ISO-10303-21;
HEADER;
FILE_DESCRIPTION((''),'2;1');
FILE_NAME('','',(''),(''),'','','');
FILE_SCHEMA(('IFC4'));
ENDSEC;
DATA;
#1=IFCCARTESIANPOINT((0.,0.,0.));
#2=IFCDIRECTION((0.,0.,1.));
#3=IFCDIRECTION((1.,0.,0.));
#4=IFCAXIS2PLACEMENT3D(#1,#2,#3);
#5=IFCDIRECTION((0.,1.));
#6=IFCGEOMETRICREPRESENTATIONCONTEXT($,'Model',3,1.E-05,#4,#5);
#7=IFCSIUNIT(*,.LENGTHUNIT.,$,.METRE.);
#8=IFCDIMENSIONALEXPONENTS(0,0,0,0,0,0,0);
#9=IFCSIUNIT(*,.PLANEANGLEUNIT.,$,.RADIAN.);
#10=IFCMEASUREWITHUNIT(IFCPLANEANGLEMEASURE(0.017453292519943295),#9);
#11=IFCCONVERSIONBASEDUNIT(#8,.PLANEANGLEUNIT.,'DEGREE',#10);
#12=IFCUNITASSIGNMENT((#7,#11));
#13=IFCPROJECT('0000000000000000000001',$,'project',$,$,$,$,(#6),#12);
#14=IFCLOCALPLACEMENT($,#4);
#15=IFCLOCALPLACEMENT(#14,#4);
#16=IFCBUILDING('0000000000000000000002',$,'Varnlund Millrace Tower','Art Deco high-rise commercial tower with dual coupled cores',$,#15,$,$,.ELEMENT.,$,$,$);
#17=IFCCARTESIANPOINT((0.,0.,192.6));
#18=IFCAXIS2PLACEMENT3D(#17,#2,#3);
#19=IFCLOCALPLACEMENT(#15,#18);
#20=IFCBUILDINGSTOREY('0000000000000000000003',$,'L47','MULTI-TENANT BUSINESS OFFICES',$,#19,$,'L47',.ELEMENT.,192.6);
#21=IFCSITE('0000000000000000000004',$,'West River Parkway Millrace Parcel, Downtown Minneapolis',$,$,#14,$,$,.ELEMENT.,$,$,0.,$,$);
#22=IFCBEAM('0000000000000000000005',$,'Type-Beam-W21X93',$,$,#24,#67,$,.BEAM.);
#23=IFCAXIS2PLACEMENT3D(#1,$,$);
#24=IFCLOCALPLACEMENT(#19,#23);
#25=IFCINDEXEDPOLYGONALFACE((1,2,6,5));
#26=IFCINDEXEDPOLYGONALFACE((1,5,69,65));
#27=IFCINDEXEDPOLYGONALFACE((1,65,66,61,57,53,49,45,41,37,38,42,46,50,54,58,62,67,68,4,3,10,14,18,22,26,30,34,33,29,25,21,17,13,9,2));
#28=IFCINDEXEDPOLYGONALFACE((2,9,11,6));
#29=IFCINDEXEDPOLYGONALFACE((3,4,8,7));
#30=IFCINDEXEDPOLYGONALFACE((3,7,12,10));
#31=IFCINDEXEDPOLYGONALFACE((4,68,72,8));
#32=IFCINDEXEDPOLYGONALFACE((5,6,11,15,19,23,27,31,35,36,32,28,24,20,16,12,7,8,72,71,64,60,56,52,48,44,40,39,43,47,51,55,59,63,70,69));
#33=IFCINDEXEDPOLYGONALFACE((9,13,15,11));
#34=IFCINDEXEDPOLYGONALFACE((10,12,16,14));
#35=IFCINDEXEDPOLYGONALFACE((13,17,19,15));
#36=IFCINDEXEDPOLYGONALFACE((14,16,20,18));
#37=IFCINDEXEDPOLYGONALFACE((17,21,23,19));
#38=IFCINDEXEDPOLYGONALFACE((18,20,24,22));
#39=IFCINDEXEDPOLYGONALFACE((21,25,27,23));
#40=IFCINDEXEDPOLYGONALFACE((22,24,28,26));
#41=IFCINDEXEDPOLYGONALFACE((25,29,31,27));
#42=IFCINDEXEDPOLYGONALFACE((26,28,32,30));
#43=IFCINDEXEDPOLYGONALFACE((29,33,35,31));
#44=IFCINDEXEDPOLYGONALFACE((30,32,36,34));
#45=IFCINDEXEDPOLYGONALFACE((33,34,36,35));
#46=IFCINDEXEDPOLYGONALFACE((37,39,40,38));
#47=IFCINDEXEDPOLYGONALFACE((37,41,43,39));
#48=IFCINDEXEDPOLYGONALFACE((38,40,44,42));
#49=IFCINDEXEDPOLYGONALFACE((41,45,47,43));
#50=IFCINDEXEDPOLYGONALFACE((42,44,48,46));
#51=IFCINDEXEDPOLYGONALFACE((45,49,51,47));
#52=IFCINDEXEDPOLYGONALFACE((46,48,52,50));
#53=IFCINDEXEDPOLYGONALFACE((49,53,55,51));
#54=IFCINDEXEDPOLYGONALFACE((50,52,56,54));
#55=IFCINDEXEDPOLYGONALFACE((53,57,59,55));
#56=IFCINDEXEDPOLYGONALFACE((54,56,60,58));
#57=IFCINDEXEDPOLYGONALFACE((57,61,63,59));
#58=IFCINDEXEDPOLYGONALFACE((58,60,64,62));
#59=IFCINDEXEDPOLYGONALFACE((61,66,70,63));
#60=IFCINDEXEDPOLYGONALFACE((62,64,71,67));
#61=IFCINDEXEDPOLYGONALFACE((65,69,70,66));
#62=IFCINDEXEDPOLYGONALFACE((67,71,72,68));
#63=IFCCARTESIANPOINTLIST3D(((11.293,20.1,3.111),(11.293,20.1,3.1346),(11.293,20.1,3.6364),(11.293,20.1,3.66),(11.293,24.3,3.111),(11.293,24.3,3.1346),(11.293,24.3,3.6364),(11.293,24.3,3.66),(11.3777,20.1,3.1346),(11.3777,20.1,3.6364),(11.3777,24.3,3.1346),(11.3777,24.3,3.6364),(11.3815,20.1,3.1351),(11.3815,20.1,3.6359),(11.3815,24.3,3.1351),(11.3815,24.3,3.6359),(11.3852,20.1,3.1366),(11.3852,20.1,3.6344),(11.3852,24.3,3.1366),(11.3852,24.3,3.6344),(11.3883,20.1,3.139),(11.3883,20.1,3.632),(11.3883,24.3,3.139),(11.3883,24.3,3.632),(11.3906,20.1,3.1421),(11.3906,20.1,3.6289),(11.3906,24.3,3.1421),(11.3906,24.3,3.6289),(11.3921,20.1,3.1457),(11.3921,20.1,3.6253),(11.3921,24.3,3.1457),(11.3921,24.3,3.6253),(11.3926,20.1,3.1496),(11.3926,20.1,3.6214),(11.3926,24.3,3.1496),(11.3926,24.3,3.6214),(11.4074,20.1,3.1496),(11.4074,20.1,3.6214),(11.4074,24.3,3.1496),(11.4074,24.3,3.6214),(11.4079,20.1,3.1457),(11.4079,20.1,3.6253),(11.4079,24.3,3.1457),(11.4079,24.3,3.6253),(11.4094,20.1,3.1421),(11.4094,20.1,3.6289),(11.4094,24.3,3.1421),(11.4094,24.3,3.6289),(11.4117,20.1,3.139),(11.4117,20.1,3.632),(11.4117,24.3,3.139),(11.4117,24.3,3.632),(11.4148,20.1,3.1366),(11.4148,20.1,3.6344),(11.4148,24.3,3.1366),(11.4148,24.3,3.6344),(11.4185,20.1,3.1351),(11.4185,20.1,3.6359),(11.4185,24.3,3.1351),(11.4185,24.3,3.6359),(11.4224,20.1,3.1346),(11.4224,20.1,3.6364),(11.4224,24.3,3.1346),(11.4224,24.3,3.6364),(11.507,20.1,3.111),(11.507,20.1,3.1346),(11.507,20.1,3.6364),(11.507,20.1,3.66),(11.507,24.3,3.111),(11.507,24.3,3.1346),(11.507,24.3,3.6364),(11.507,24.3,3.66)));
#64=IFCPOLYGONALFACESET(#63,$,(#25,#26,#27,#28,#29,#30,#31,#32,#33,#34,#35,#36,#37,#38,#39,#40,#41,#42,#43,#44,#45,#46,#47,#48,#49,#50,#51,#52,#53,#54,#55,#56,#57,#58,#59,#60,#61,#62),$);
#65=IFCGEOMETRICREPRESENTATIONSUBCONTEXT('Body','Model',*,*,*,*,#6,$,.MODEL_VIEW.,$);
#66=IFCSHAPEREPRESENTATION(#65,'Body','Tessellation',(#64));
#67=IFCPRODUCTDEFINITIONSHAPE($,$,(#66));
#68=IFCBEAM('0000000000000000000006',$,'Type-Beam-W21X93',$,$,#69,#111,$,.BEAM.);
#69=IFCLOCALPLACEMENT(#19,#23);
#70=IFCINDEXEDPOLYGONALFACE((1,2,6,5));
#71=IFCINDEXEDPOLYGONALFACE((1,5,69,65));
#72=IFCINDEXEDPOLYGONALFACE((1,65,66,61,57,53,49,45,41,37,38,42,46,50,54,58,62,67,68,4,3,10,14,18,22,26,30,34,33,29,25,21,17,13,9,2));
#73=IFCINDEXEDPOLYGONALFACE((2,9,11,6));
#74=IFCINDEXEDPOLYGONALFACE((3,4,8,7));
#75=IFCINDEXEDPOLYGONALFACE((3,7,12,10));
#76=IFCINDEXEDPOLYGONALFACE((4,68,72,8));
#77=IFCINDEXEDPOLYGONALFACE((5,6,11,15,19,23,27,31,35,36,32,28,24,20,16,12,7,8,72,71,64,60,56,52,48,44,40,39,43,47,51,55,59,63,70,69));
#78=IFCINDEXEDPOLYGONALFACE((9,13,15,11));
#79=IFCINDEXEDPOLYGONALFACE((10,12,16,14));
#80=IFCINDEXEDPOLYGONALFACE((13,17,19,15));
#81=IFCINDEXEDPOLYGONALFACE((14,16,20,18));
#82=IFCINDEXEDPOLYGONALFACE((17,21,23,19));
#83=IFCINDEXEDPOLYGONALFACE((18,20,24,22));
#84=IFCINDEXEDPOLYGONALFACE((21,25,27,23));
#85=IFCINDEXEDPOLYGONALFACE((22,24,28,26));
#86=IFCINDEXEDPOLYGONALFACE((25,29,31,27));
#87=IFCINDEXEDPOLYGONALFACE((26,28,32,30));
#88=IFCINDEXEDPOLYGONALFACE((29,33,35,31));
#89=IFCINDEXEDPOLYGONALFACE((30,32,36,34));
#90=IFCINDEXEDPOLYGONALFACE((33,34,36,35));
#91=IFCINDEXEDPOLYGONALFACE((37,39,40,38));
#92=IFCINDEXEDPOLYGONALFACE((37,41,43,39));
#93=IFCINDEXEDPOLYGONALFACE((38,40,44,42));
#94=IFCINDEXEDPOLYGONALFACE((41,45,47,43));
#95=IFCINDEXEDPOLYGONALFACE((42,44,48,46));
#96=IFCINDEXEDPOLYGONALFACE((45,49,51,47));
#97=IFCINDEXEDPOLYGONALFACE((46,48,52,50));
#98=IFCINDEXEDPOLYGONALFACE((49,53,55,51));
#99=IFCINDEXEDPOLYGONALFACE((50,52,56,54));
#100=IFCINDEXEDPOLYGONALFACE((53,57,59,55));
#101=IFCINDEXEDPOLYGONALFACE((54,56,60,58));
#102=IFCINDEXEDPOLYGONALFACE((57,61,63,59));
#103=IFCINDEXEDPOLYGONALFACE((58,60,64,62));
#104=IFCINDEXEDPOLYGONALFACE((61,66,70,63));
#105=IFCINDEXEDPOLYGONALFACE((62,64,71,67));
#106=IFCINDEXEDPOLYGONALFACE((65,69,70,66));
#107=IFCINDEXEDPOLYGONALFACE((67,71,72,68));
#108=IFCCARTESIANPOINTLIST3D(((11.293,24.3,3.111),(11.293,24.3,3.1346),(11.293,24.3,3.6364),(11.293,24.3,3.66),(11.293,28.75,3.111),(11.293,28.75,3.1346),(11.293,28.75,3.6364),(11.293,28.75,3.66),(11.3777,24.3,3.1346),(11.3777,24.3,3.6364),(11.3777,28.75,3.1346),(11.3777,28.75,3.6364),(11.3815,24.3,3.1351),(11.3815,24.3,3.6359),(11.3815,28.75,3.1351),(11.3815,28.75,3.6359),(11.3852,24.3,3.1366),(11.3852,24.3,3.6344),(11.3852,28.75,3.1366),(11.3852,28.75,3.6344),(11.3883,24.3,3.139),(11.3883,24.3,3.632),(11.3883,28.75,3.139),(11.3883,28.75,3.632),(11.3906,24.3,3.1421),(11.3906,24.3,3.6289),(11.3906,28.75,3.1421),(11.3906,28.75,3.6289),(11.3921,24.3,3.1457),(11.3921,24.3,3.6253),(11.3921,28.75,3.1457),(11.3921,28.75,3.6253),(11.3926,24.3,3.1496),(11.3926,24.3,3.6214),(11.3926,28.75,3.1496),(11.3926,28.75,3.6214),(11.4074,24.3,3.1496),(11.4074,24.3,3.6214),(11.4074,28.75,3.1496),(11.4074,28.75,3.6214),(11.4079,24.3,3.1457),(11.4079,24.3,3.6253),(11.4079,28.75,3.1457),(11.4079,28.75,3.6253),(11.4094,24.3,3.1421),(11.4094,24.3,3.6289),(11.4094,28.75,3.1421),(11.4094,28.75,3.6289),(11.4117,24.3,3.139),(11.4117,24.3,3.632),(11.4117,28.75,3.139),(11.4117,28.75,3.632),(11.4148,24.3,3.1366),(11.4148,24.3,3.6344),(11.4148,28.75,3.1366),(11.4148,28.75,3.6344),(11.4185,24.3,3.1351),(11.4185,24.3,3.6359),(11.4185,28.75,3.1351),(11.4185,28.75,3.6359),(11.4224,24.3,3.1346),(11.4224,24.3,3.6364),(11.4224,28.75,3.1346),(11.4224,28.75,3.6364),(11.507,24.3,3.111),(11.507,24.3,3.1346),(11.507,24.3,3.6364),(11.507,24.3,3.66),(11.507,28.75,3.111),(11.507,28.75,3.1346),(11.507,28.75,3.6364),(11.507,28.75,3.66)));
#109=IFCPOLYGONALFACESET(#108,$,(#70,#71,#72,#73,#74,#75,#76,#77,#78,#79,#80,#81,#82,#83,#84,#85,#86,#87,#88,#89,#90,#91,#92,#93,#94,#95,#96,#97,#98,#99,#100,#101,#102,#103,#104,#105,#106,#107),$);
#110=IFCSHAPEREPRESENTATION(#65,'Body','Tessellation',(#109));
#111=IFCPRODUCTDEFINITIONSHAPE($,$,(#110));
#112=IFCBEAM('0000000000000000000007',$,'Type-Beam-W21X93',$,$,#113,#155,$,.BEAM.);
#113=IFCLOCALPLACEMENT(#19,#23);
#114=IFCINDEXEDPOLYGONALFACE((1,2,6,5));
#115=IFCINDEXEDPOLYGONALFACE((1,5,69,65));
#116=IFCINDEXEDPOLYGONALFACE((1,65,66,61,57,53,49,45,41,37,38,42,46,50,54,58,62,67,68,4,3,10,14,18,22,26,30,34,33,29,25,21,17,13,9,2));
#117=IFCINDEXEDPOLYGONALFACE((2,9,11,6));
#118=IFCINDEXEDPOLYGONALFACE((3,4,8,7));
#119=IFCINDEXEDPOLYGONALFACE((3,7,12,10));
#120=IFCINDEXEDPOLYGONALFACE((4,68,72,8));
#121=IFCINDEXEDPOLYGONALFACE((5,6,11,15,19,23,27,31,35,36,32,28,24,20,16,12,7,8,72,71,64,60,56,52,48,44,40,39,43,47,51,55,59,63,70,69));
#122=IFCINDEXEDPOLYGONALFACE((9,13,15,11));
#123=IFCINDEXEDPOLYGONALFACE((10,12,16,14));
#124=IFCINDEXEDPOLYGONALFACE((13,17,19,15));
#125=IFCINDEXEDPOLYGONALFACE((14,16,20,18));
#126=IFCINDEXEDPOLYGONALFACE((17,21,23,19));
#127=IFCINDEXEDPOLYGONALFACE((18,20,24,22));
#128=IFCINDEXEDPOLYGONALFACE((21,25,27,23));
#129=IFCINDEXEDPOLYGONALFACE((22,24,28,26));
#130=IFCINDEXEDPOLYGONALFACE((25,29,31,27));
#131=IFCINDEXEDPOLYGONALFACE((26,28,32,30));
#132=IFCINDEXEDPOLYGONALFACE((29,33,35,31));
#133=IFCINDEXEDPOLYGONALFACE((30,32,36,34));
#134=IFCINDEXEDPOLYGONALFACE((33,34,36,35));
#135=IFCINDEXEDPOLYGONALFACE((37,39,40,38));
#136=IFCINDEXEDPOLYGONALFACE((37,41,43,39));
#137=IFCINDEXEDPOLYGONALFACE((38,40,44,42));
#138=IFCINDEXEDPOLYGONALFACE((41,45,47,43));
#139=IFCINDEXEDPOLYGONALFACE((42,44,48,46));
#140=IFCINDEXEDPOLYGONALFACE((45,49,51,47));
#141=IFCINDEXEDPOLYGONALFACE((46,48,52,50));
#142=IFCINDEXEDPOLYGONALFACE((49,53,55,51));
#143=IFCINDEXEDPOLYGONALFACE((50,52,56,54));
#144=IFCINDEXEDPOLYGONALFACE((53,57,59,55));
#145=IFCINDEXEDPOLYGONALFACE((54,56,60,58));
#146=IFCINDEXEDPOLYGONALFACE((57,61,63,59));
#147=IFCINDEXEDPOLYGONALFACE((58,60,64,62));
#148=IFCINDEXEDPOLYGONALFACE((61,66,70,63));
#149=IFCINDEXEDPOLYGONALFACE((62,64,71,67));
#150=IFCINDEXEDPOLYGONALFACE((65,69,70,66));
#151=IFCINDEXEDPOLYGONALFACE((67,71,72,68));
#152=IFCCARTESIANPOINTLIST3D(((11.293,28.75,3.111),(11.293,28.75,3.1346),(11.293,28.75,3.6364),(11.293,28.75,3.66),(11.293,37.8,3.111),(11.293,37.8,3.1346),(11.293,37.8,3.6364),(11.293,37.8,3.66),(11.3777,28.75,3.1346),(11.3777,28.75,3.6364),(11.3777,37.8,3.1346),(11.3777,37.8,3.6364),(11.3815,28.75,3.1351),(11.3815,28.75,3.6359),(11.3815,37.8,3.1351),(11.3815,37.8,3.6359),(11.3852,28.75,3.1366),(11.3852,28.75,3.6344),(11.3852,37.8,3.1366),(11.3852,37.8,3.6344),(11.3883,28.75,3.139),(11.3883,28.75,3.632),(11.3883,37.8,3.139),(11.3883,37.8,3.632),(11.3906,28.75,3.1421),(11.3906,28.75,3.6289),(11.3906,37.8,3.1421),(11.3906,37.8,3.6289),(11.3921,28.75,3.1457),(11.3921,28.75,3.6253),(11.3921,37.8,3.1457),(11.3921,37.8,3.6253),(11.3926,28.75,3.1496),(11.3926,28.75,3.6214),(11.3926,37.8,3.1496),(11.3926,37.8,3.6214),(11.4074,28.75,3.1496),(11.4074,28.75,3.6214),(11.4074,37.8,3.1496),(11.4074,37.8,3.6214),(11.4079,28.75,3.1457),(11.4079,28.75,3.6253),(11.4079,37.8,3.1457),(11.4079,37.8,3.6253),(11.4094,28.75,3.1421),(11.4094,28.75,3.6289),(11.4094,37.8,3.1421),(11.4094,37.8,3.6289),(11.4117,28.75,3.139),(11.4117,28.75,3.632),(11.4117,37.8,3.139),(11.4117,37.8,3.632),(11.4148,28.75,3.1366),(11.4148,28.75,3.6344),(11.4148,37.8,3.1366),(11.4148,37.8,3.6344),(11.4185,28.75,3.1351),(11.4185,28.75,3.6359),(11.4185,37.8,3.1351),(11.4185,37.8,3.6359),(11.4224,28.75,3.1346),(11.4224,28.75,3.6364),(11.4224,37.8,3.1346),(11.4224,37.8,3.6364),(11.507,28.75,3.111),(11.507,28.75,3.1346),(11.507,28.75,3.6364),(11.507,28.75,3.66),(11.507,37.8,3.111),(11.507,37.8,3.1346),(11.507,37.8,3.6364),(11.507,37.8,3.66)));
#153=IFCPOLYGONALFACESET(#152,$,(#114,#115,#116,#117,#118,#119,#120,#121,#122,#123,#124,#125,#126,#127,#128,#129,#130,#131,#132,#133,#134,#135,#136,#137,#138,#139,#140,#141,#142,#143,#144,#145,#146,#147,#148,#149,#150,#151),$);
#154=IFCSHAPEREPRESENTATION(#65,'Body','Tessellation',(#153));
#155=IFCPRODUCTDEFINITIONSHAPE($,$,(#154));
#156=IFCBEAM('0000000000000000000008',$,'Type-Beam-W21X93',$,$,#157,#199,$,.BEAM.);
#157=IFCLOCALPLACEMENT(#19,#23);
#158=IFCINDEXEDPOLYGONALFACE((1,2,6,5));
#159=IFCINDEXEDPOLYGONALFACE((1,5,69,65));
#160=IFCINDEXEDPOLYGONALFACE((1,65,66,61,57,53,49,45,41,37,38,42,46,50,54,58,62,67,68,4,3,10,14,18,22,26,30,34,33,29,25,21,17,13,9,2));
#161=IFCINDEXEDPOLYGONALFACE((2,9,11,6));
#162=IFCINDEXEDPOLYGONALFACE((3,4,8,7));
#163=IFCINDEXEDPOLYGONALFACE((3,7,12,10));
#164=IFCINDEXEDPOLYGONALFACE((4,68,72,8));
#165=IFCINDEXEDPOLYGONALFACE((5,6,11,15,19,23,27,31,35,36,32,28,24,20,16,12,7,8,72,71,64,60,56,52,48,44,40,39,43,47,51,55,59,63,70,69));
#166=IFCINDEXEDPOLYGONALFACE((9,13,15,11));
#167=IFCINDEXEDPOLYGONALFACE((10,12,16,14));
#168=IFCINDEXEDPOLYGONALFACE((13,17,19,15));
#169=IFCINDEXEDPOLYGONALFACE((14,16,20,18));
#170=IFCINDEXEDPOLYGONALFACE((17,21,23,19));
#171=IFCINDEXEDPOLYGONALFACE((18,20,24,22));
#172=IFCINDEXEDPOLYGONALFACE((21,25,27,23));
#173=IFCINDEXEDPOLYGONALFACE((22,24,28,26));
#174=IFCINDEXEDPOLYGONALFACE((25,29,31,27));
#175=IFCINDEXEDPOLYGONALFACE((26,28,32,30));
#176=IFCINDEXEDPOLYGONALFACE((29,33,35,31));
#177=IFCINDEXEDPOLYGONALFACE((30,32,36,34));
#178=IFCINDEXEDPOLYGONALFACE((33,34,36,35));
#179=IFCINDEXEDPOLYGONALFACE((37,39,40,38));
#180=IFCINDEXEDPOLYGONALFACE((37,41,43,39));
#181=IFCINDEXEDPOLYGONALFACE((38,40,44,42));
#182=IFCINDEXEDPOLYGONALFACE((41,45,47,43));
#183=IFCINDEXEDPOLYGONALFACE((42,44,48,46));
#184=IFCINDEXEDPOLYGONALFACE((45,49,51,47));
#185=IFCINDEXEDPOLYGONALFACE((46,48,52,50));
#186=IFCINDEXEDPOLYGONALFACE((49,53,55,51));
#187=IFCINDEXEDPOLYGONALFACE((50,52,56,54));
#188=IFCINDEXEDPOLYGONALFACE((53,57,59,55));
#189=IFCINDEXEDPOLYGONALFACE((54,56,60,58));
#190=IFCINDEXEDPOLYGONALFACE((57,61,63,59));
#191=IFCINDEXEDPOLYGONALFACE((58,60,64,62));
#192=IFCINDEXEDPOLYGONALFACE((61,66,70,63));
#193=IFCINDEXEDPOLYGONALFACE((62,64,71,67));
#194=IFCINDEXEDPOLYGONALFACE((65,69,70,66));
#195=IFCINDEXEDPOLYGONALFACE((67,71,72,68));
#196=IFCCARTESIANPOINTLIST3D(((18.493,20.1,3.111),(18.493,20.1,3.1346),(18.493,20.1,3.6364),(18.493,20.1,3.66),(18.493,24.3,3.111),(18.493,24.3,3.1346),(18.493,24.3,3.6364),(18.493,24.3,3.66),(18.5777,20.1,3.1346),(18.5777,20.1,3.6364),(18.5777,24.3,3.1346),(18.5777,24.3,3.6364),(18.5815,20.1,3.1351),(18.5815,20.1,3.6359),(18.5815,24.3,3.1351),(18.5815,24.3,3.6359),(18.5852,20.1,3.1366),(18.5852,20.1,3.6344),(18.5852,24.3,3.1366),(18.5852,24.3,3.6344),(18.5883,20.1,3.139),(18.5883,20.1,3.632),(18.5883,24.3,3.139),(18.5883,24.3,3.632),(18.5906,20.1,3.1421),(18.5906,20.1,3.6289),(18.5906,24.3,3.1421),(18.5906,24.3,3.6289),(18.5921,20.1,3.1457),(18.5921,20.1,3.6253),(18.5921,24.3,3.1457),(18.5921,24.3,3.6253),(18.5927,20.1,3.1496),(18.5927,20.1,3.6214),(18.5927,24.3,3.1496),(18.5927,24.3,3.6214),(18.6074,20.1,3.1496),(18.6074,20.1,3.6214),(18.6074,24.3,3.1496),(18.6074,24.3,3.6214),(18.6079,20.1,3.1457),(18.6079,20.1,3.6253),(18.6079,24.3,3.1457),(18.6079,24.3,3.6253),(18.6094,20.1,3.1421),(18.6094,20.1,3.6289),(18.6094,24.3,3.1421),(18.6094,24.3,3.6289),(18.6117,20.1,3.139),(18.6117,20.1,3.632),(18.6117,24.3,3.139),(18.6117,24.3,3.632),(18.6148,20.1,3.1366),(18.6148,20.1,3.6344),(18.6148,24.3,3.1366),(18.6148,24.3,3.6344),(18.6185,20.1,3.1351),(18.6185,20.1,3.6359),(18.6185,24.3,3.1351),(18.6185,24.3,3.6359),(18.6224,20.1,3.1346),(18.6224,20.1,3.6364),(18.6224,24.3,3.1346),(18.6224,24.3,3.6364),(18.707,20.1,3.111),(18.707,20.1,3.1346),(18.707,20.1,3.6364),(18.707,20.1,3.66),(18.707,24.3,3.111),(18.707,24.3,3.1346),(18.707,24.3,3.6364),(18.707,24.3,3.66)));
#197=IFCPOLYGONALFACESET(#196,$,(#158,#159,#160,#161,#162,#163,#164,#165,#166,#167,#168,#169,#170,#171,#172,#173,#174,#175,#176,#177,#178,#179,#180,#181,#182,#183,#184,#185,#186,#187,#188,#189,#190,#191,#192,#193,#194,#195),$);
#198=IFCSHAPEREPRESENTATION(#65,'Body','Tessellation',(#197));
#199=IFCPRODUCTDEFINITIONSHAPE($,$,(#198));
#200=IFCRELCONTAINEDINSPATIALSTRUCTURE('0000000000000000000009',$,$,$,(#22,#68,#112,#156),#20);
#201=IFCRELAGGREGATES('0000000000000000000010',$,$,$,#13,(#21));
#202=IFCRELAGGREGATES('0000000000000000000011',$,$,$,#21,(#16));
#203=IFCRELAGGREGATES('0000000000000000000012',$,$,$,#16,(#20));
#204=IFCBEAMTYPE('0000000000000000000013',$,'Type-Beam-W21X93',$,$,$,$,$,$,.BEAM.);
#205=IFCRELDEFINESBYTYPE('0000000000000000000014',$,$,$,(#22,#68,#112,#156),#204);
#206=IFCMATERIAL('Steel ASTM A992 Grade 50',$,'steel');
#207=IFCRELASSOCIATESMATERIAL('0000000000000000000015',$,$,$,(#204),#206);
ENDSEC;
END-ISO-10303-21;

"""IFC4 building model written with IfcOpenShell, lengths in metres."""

from ifc_helpers import new_model, entity, si_unit, converted_unit, direction, frame, origin_with_axes, origin_2d_with_axis, place, context, subcontext, project, spatial, i_section, extrude, material, material_profile, profile_set, type_object, element, save


model = new_model("IFC4")

# Units and contexts
model_context = context("Model", 3, precision=1e-05, world=origin_with_axes(), true_north=direction((0.0, 1.0)))
body_context = subcontext(model_context, "Body", "Model", "MODEL_VIEW")
ifc_project = project(units=[si_unit("LENGTHUNIT", "METRE"), converted_unit("PLANEANGLEUNIT", "DEGREE", entity("IfcPlaneAngleMeasure", 0.017453292519943295), si_unit("PLANEANGLEUNIT", "RADIAN"), dimensions=[0, 0, 0, 0, 0, 0, 0])], contexts=[model_context])

# Site, building, storey
site_placement = place(None, origin_with_axes())
site = spatial("IfcSite", under=ifc_project, at=site_placement, Name="West River Parkway Millrace Parcel, Downtown Minneapolis", CompositionType="ELEMENT", RefElevation=0.0)
building_placement = place(site_placement, origin_with_axes())
building = spatial("IfcBuilding", under=site, at=building_placement, Name="Varnlund Millrace Tower", Description="Art Deco high-rise commercial tower with dual coupled cores", CompositionType="ELEMENT")
storey_placement = place(building_placement, frame((0.0, 0.0, 192.6), z_axis=(0.0, 0.0, 1.0), x_axis=(1.0, 0.0, 0.0)))
storey = spatial("IfcBuildingStorey", under=building, at=storey_placement, Name="L47", Description="MULTI-TENANT BUSINESS OFFICES", LongName="L47", CompositionType="ELEMENT", Elevation=192.6)

# Beams
ifc_material_1 = material(Name="Steel ASTM A992 Grade 50", Category="steel")
ifc_material_profile_1 = material_profile(ifc_material_1, i_section(OverallWidth=0.214, OverallDepth=0.549, WebThickness=0.0147, FlangeThickness=0.0236, FilletRadius=0.015, at=origin_2d_with_axis()), Name="Steel ASTM A992 Grade 50")
ifc_profile_set_1 = profile_set([ifc_material_profile_1], Name="Steel ASTM A992 Grade 50")
beam_type_1 = type_object("IfcBeamType", Name="Type-Beam-W21X93", PredefinedType="BEAM", material=ifc_profile_set_1)
beam_1_placement = place(storey_placement, frame((11.4, 20.1, 3.3855), z_axis=(0.0, 1.0, 0.0), x_axis=(-1.0, 0.0, 0.0)))
element("IfcBeam", 1, at=beam_1_placement, inside=storey, type_object=beam_type_1, Name="Type-Beam-W21X93", PredefinedType="BEAM", context=body_context, shape_type="SweptSolid", body=[
    extrude(i_section(OverallWidth=0.214, OverallDepth=0.549, WebThickness=0.0147, FlangeThickness=0.0236, FilletRadius=0.015, at=origin_2d_with_axis()), origin_with_axes(), (0.0, 0.0, 1.0), 4.2),
])
beam_2_placement = place(storey_placement, frame((11.4, 24.3, 3.3855), z_axis=(0.0, 1.0, 0.0), x_axis=(-1.0, 0.0, 0.0)))
element("IfcBeam", 2, at=beam_2_placement, inside=storey, type_object=beam_type_1, Name="Type-Beam-W21X93", PredefinedType="BEAM", context=body_context, shape_type="SweptSolid", body=[
    extrude(i_section(OverallWidth=0.214, OverallDepth=0.549, WebThickness=0.0147, FlangeThickness=0.0236, FilletRadius=0.015, at=origin_2d_with_axis()), origin_with_axes(), (0.0, 0.0, 1.0), 4.45),
])
beam_3_placement = place(storey_placement, frame((11.4, 28.75, 3.3855), z_axis=(0.0, 1.0, 0.0), x_axis=(-1.0, 0.0, 0.0)))
element("IfcBeam", 3, at=beam_3_placement, inside=storey, type_object=beam_type_1, Name="Type-Beam-W21X93", PredefinedType="BEAM", context=body_context, shape_type="SweptSolid", body=[
    extrude(i_section(OverallWidth=0.214, OverallDepth=0.549, WebThickness=0.0147, FlangeThickness=0.0236, FilletRadius=0.015, at=origin_2d_with_axis()), origin_with_axes(), (0.0, 0.0, 1.0), 9.05),
])
beam_4_placement = place(storey_placement, frame((18.6, 20.1, 3.3855), z_axis=(0.0, 1.0, 0.0), x_axis=(-1.0, 0.0, 0.0)))
element("IfcBeam", 4, at=beam_4_placement, inside=storey, type_object=beam_type_1, Name="Type-Beam-W21X93", PredefinedType="BEAM", context=body_context, shape_type="SweptSolid", body=[
    extrude(i_section(OverallWidth=0.214, OverallDepth=0.549, WebThickness=0.0147, FlangeThickness=0.0236, FilletRadius=0.015, at=origin_2d_with_axis()), origin_with_axes(), (0.0, 0.0, 1.0), 4.2),
])

save(model, "model.ifc")
